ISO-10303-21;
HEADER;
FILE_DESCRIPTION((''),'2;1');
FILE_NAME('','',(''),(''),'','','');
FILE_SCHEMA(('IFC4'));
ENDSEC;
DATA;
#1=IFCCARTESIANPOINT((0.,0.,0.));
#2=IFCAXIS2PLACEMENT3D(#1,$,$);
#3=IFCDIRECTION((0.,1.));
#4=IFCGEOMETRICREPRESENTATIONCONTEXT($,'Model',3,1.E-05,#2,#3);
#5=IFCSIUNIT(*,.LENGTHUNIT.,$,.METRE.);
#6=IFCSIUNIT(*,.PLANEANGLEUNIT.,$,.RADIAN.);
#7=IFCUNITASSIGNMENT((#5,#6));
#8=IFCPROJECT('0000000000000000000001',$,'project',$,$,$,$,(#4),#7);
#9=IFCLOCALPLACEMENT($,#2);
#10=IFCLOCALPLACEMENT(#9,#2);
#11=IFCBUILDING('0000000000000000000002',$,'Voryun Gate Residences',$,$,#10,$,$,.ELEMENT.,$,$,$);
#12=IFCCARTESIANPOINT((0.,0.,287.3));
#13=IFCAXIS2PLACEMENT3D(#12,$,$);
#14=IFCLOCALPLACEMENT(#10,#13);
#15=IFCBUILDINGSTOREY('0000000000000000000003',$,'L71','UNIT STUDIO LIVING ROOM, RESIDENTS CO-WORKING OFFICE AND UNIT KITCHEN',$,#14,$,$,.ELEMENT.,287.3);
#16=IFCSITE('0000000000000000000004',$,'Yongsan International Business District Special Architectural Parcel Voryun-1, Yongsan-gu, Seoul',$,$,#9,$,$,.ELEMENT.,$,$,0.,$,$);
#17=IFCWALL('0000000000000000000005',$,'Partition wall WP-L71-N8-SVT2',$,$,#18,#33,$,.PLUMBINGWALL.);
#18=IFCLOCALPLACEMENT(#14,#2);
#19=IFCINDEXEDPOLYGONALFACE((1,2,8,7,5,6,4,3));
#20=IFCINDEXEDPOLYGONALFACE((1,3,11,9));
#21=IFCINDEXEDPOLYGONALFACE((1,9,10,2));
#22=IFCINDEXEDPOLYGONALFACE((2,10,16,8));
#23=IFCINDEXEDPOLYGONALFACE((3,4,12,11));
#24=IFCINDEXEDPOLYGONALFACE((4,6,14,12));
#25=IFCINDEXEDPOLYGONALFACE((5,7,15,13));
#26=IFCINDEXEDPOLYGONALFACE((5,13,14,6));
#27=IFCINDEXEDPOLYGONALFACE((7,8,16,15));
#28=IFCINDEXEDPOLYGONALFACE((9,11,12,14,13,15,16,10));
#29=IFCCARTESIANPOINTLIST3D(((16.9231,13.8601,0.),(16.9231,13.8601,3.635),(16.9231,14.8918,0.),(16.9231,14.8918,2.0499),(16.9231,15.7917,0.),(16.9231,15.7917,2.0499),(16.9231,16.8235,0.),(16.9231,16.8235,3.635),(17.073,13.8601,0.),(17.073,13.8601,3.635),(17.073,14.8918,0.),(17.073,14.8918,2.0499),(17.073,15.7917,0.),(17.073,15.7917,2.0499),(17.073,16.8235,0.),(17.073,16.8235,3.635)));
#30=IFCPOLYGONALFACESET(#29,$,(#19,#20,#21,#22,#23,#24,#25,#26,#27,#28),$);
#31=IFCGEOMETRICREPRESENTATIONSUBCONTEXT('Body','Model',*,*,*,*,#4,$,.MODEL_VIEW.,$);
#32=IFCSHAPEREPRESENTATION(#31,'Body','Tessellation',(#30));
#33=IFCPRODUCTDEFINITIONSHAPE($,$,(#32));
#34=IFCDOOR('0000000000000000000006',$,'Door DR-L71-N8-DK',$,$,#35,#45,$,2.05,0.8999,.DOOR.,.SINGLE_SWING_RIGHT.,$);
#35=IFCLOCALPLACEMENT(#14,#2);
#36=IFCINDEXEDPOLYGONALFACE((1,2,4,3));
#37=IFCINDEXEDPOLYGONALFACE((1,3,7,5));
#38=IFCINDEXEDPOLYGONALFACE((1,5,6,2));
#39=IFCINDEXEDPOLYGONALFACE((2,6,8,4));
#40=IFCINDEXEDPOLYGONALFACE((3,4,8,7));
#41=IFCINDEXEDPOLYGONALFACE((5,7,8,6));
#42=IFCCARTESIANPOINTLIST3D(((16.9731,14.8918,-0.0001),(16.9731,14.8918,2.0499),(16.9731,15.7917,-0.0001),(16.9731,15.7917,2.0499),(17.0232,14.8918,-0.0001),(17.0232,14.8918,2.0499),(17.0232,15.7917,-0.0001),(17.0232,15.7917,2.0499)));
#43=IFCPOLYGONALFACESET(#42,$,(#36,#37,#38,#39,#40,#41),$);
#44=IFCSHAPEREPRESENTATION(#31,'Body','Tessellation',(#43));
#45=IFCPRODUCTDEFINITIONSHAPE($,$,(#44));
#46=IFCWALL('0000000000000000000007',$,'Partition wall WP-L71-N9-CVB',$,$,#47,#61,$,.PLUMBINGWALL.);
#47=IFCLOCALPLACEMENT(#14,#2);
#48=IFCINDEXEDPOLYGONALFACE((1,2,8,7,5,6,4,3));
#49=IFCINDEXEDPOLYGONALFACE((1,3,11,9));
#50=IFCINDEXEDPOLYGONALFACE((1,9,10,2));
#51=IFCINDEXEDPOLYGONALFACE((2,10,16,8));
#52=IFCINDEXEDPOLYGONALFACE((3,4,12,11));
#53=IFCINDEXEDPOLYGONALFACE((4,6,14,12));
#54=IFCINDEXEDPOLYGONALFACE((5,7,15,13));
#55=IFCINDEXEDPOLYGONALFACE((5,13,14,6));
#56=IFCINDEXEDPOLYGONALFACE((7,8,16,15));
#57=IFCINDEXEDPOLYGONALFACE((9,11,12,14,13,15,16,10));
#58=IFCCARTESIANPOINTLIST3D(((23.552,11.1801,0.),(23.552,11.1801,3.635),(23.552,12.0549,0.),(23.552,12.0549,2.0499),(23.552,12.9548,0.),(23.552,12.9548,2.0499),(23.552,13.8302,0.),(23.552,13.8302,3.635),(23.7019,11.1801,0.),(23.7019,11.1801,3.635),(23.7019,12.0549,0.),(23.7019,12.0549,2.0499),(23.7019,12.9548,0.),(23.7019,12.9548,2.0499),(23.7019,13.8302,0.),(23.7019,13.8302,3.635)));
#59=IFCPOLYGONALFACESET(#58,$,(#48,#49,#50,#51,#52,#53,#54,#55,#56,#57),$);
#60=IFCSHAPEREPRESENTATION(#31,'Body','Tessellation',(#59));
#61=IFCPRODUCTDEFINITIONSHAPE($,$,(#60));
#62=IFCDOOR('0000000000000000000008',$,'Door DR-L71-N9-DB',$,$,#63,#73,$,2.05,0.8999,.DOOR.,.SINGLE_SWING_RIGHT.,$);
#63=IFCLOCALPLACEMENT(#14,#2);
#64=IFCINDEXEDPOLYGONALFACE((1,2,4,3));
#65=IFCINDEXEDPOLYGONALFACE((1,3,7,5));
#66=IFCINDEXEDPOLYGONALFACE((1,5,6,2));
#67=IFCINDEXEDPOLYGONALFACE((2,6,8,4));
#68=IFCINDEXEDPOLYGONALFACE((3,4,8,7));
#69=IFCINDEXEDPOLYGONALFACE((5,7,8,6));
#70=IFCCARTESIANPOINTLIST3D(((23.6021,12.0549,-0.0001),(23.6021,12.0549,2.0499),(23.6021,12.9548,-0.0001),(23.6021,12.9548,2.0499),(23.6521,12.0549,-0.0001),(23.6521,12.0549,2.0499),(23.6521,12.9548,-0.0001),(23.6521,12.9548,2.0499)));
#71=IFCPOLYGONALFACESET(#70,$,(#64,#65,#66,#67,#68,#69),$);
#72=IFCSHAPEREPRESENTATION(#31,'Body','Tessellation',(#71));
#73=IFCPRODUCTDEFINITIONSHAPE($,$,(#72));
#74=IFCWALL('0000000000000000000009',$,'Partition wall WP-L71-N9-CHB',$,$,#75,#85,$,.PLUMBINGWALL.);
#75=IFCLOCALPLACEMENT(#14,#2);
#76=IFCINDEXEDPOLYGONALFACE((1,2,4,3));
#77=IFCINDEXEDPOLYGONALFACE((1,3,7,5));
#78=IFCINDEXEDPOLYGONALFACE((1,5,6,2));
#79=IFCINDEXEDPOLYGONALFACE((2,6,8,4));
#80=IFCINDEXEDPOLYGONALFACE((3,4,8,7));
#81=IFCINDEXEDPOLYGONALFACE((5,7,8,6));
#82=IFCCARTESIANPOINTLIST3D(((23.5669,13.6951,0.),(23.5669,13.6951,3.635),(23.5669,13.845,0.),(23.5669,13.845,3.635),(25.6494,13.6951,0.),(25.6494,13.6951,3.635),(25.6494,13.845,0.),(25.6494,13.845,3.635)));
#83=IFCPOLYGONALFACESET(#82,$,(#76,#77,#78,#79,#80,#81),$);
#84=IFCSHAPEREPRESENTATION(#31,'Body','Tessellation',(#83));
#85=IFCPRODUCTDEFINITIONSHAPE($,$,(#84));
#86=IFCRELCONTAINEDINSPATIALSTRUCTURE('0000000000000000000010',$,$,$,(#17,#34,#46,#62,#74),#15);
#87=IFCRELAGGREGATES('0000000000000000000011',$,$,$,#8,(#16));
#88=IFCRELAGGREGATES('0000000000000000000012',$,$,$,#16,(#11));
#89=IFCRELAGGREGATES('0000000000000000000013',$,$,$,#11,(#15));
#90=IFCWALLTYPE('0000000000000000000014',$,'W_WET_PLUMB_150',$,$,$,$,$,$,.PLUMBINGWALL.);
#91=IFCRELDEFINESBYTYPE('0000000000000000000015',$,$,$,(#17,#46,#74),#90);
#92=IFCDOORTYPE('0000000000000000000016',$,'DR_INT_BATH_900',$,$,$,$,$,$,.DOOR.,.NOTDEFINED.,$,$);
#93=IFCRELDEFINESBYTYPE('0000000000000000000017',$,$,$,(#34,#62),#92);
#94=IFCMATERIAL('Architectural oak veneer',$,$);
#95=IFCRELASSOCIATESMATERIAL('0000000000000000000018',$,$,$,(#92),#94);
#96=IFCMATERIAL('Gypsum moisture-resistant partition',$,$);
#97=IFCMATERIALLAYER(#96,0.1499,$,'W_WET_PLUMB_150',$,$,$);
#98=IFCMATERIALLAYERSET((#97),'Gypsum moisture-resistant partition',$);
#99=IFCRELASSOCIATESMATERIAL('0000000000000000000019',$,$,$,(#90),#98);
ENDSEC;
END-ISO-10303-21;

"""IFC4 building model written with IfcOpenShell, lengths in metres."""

from ifc_helpers import new_model, si_unit, direction, frame, frame_2d, origin, place, context, subcontext, project, spatial, rectangle, extrude, material, layer, layer_set, type_object, element, fill, save


model = new_model("IFC4")

# Units and contexts
model_context = context("Model", 3, precision=1e-05, world=origin(), true_north=direction((0.0, 1.0)))
body_context = subcontext(model_context, "Body", "Model", "MODEL_VIEW")
ifc_project = project(units=[si_unit("LENGTHUNIT", "METRE"), si_unit("PLANEANGLEUNIT", "RADIAN")], contexts=[model_context])

# Site, building, storey
site_placement = place(None, origin())
site = spatial("IfcSite", under=ifc_project, at=site_placement, Name="Yongsan International Business District Special Architectural Parcel Voryun-1, Yongsan-gu, Seoul", CompositionType="ELEMENT", RefElevation=0.0)
building_placement = place(site_placement, origin())
building = spatial("IfcBuilding", under=site, at=building_placement, Name="Voryun Gate Residences", CompositionType="ELEMENT")
storey_placement = place(building_placement, frame((0.0, 0.0, 287.3)))
storey = spatial("IfcBuildingStorey", under=building, at=storey_placement, Name="L71", Description="UNIT STUDIO LIVING ROOM, RESIDENTS CO-WORKING OFFICE AND UNIT KITCHEN", CompositionType="ELEMENT", Elevation=287.3)

# Shared definitions
ifc_material_1 = material(Name="Architectural oak veneer")
door_type = type_object("IfcDoorType", Name="DR_INT_BATH_900", OperationType="NOTDEFINED", PredefinedType="DOOR", material=ifc_material_1)

# Shared definitions
ifc_material_2 = material(Name="Gypsum moisture-resistant partition")
ifc_layer_1 = layer(ifc_material_2, 0.1499, Name="W_WET_PLUMB_150")
ifc_layer_set_1 = layer_set([ifc_layer_1], Name="Gypsum moisture-resistant partition")
wall_type_1 = type_object("IfcWallType", Name="W_WET_PLUMB_150", PredefinedType="PLUMBINGWALL", material=ifc_layer_set_1)

# Walls, openings, doors
wall_1_placement = place(storey_placement, frame((16.998, 13.8601, 0.0), z_axis=(0.0, 0.0, 1.0), x_axis=(0.0, 1.0, 0.0)))
wall_1 = element("IfcWall", 1, at=wall_1_placement, inside=storey, type_object=wall_type_1, Name="Partition wall WP-L71-N8-SVT2", PredefinedType="PLUMBINGWALL", context=body_context, shape_type="SweptSolid", body=[
    extrude(rectangle(XDim=2.9634, YDim=0.1499, at=frame_2d((1.4817, 0.0))), origin(), (0.0, 0.0, 1.0), 3.635),
])
opening_1_placement = place(wall_1_placement, frame((1.0317, 0.0, 0.0)))
opening_1 = element("IfcOpeningElement", 2, at=opening_1_placement, cuts=wall_1, PredefinedType="OPENING", context=body_context, shape_type="SweptSolid", body=[
    extrude(rectangle(XDim=0.8999, YDim=2.05, at=frame_2d((0.45, 1.0249))), frame((0.0, 0.085, 0.0), z_axis=(0.0, -1.0, 0.0), x_axis=(1.0, 0.0, 0.0)), (0.0, 0.0, 1.0), 0.1699),
])
door_1_placement = place(opening_1_placement, origin())
door_1 = element("IfcDoor", 3, at=door_1_placement, inside=storey, type_object=door_type, Name="Door DR-L71-N8-DK", OperationType="SINGLE_SWING_RIGHT", OverallHeight=2.05, OverallWidth=0.8999, PredefinedType="DOOR", context=body_context, shape_type="SweptSolid", body=[
    extrude(rectangle(XDim=0.8999, YDim=2.05, at=frame_2d((0.45, 1.0249))), frame((0.0, 0.0249, 0.0), z_axis=(0.0, -1.0, 0.0), x_axis=(1.0, 0.0, 0.0)), (0.0, 0.0, 1.0), 0.05),
])
fill(opening_1, door_1)
wall_2_placement = place(storey_placement, frame((23.627, 11.1799, 0.0), z_axis=(0.0, 0.0, 1.0), x_axis=(0.0, 1.0, 0.0)))
wall_2 = element("IfcWall", 4, at=wall_2_placement, inside=storey, type_object=wall_type_1, Name="Partition wall WP-L71-N9-CVB", PredefinedType="PLUMBINGWALL", context=body_context, shape_type="SweptSolid", body=[
    extrude(rectangle(XDim=2.6501, YDim=0.1499, at=frame_2d((1.3252, 0.0))), origin(), (0.0, 0.0, 1.0), 3.635),
])
opening_2_placement = place(wall_2_placement, frame((0.875, 0.0, 0.0)))
opening_2 = element("IfcOpeningElement", 5, at=opening_2_placement, cuts=wall_2, PredefinedType="OPENING", context=body_context, shape_type="SweptSolid", body=[
    extrude(rectangle(XDim=0.8999, YDim=2.05, at=frame_2d((0.45, 1.0249))), frame((0.0, 0.085, 0.0), z_axis=(0.0, -1.0, 0.0), x_axis=(1.0, 0.0, 0.0)), (0.0, 0.0, 1.0), 0.1699),
])
door_2_placement = place(opening_2_placement, origin())
door_2 = element("IfcDoor", 6, at=door_2_placement, inside=storey, type_object=door_type, Name="Door DR-L71-N9-DB", OperationType="SINGLE_SWING_RIGHT", OverallHeight=2.05, OverallWidth=0.8999, PredefinedType="DOOR", context=body_context, shape_type="SweptSolid", body=[
    extrude(rectangle(XDim=0.8999, YDim=2.05, at=frame_2d((0.45, 1.0249))), frame((0.0, 0.0249, 0.0), z_axis=(0.0, -1.0, 0.0), x_axis=(1.0, 0.0, 0.0)), (0.0, 0.0, 1.0), 0.05),
])
fill(opening_2, door_2)

# Wall
wall_3_placement = place(storey_placement, frame((23.5669, 13.77, 0.0), z_axis=(0.0, 0.0, 1.0), x_axis=(1.0, 0.0, 0.0)))
element("IfcWall", 7, at=wall_3_placement, inside=storey, type_object=wall_type_1, Name="Partition wall WP-L71-N9-CHB", PredefinedType="PLUMBINGWALL", context=body_context, shape_type="SweptSolid", body=[
    extrude(rectangle(XDim=2.0825, YDim=0.1499, at=frame_2d((1.0413, 0.0))), origin(), (0.0, 0.0, 1.0), 3.635),
])

save(model, "model.ifc")
